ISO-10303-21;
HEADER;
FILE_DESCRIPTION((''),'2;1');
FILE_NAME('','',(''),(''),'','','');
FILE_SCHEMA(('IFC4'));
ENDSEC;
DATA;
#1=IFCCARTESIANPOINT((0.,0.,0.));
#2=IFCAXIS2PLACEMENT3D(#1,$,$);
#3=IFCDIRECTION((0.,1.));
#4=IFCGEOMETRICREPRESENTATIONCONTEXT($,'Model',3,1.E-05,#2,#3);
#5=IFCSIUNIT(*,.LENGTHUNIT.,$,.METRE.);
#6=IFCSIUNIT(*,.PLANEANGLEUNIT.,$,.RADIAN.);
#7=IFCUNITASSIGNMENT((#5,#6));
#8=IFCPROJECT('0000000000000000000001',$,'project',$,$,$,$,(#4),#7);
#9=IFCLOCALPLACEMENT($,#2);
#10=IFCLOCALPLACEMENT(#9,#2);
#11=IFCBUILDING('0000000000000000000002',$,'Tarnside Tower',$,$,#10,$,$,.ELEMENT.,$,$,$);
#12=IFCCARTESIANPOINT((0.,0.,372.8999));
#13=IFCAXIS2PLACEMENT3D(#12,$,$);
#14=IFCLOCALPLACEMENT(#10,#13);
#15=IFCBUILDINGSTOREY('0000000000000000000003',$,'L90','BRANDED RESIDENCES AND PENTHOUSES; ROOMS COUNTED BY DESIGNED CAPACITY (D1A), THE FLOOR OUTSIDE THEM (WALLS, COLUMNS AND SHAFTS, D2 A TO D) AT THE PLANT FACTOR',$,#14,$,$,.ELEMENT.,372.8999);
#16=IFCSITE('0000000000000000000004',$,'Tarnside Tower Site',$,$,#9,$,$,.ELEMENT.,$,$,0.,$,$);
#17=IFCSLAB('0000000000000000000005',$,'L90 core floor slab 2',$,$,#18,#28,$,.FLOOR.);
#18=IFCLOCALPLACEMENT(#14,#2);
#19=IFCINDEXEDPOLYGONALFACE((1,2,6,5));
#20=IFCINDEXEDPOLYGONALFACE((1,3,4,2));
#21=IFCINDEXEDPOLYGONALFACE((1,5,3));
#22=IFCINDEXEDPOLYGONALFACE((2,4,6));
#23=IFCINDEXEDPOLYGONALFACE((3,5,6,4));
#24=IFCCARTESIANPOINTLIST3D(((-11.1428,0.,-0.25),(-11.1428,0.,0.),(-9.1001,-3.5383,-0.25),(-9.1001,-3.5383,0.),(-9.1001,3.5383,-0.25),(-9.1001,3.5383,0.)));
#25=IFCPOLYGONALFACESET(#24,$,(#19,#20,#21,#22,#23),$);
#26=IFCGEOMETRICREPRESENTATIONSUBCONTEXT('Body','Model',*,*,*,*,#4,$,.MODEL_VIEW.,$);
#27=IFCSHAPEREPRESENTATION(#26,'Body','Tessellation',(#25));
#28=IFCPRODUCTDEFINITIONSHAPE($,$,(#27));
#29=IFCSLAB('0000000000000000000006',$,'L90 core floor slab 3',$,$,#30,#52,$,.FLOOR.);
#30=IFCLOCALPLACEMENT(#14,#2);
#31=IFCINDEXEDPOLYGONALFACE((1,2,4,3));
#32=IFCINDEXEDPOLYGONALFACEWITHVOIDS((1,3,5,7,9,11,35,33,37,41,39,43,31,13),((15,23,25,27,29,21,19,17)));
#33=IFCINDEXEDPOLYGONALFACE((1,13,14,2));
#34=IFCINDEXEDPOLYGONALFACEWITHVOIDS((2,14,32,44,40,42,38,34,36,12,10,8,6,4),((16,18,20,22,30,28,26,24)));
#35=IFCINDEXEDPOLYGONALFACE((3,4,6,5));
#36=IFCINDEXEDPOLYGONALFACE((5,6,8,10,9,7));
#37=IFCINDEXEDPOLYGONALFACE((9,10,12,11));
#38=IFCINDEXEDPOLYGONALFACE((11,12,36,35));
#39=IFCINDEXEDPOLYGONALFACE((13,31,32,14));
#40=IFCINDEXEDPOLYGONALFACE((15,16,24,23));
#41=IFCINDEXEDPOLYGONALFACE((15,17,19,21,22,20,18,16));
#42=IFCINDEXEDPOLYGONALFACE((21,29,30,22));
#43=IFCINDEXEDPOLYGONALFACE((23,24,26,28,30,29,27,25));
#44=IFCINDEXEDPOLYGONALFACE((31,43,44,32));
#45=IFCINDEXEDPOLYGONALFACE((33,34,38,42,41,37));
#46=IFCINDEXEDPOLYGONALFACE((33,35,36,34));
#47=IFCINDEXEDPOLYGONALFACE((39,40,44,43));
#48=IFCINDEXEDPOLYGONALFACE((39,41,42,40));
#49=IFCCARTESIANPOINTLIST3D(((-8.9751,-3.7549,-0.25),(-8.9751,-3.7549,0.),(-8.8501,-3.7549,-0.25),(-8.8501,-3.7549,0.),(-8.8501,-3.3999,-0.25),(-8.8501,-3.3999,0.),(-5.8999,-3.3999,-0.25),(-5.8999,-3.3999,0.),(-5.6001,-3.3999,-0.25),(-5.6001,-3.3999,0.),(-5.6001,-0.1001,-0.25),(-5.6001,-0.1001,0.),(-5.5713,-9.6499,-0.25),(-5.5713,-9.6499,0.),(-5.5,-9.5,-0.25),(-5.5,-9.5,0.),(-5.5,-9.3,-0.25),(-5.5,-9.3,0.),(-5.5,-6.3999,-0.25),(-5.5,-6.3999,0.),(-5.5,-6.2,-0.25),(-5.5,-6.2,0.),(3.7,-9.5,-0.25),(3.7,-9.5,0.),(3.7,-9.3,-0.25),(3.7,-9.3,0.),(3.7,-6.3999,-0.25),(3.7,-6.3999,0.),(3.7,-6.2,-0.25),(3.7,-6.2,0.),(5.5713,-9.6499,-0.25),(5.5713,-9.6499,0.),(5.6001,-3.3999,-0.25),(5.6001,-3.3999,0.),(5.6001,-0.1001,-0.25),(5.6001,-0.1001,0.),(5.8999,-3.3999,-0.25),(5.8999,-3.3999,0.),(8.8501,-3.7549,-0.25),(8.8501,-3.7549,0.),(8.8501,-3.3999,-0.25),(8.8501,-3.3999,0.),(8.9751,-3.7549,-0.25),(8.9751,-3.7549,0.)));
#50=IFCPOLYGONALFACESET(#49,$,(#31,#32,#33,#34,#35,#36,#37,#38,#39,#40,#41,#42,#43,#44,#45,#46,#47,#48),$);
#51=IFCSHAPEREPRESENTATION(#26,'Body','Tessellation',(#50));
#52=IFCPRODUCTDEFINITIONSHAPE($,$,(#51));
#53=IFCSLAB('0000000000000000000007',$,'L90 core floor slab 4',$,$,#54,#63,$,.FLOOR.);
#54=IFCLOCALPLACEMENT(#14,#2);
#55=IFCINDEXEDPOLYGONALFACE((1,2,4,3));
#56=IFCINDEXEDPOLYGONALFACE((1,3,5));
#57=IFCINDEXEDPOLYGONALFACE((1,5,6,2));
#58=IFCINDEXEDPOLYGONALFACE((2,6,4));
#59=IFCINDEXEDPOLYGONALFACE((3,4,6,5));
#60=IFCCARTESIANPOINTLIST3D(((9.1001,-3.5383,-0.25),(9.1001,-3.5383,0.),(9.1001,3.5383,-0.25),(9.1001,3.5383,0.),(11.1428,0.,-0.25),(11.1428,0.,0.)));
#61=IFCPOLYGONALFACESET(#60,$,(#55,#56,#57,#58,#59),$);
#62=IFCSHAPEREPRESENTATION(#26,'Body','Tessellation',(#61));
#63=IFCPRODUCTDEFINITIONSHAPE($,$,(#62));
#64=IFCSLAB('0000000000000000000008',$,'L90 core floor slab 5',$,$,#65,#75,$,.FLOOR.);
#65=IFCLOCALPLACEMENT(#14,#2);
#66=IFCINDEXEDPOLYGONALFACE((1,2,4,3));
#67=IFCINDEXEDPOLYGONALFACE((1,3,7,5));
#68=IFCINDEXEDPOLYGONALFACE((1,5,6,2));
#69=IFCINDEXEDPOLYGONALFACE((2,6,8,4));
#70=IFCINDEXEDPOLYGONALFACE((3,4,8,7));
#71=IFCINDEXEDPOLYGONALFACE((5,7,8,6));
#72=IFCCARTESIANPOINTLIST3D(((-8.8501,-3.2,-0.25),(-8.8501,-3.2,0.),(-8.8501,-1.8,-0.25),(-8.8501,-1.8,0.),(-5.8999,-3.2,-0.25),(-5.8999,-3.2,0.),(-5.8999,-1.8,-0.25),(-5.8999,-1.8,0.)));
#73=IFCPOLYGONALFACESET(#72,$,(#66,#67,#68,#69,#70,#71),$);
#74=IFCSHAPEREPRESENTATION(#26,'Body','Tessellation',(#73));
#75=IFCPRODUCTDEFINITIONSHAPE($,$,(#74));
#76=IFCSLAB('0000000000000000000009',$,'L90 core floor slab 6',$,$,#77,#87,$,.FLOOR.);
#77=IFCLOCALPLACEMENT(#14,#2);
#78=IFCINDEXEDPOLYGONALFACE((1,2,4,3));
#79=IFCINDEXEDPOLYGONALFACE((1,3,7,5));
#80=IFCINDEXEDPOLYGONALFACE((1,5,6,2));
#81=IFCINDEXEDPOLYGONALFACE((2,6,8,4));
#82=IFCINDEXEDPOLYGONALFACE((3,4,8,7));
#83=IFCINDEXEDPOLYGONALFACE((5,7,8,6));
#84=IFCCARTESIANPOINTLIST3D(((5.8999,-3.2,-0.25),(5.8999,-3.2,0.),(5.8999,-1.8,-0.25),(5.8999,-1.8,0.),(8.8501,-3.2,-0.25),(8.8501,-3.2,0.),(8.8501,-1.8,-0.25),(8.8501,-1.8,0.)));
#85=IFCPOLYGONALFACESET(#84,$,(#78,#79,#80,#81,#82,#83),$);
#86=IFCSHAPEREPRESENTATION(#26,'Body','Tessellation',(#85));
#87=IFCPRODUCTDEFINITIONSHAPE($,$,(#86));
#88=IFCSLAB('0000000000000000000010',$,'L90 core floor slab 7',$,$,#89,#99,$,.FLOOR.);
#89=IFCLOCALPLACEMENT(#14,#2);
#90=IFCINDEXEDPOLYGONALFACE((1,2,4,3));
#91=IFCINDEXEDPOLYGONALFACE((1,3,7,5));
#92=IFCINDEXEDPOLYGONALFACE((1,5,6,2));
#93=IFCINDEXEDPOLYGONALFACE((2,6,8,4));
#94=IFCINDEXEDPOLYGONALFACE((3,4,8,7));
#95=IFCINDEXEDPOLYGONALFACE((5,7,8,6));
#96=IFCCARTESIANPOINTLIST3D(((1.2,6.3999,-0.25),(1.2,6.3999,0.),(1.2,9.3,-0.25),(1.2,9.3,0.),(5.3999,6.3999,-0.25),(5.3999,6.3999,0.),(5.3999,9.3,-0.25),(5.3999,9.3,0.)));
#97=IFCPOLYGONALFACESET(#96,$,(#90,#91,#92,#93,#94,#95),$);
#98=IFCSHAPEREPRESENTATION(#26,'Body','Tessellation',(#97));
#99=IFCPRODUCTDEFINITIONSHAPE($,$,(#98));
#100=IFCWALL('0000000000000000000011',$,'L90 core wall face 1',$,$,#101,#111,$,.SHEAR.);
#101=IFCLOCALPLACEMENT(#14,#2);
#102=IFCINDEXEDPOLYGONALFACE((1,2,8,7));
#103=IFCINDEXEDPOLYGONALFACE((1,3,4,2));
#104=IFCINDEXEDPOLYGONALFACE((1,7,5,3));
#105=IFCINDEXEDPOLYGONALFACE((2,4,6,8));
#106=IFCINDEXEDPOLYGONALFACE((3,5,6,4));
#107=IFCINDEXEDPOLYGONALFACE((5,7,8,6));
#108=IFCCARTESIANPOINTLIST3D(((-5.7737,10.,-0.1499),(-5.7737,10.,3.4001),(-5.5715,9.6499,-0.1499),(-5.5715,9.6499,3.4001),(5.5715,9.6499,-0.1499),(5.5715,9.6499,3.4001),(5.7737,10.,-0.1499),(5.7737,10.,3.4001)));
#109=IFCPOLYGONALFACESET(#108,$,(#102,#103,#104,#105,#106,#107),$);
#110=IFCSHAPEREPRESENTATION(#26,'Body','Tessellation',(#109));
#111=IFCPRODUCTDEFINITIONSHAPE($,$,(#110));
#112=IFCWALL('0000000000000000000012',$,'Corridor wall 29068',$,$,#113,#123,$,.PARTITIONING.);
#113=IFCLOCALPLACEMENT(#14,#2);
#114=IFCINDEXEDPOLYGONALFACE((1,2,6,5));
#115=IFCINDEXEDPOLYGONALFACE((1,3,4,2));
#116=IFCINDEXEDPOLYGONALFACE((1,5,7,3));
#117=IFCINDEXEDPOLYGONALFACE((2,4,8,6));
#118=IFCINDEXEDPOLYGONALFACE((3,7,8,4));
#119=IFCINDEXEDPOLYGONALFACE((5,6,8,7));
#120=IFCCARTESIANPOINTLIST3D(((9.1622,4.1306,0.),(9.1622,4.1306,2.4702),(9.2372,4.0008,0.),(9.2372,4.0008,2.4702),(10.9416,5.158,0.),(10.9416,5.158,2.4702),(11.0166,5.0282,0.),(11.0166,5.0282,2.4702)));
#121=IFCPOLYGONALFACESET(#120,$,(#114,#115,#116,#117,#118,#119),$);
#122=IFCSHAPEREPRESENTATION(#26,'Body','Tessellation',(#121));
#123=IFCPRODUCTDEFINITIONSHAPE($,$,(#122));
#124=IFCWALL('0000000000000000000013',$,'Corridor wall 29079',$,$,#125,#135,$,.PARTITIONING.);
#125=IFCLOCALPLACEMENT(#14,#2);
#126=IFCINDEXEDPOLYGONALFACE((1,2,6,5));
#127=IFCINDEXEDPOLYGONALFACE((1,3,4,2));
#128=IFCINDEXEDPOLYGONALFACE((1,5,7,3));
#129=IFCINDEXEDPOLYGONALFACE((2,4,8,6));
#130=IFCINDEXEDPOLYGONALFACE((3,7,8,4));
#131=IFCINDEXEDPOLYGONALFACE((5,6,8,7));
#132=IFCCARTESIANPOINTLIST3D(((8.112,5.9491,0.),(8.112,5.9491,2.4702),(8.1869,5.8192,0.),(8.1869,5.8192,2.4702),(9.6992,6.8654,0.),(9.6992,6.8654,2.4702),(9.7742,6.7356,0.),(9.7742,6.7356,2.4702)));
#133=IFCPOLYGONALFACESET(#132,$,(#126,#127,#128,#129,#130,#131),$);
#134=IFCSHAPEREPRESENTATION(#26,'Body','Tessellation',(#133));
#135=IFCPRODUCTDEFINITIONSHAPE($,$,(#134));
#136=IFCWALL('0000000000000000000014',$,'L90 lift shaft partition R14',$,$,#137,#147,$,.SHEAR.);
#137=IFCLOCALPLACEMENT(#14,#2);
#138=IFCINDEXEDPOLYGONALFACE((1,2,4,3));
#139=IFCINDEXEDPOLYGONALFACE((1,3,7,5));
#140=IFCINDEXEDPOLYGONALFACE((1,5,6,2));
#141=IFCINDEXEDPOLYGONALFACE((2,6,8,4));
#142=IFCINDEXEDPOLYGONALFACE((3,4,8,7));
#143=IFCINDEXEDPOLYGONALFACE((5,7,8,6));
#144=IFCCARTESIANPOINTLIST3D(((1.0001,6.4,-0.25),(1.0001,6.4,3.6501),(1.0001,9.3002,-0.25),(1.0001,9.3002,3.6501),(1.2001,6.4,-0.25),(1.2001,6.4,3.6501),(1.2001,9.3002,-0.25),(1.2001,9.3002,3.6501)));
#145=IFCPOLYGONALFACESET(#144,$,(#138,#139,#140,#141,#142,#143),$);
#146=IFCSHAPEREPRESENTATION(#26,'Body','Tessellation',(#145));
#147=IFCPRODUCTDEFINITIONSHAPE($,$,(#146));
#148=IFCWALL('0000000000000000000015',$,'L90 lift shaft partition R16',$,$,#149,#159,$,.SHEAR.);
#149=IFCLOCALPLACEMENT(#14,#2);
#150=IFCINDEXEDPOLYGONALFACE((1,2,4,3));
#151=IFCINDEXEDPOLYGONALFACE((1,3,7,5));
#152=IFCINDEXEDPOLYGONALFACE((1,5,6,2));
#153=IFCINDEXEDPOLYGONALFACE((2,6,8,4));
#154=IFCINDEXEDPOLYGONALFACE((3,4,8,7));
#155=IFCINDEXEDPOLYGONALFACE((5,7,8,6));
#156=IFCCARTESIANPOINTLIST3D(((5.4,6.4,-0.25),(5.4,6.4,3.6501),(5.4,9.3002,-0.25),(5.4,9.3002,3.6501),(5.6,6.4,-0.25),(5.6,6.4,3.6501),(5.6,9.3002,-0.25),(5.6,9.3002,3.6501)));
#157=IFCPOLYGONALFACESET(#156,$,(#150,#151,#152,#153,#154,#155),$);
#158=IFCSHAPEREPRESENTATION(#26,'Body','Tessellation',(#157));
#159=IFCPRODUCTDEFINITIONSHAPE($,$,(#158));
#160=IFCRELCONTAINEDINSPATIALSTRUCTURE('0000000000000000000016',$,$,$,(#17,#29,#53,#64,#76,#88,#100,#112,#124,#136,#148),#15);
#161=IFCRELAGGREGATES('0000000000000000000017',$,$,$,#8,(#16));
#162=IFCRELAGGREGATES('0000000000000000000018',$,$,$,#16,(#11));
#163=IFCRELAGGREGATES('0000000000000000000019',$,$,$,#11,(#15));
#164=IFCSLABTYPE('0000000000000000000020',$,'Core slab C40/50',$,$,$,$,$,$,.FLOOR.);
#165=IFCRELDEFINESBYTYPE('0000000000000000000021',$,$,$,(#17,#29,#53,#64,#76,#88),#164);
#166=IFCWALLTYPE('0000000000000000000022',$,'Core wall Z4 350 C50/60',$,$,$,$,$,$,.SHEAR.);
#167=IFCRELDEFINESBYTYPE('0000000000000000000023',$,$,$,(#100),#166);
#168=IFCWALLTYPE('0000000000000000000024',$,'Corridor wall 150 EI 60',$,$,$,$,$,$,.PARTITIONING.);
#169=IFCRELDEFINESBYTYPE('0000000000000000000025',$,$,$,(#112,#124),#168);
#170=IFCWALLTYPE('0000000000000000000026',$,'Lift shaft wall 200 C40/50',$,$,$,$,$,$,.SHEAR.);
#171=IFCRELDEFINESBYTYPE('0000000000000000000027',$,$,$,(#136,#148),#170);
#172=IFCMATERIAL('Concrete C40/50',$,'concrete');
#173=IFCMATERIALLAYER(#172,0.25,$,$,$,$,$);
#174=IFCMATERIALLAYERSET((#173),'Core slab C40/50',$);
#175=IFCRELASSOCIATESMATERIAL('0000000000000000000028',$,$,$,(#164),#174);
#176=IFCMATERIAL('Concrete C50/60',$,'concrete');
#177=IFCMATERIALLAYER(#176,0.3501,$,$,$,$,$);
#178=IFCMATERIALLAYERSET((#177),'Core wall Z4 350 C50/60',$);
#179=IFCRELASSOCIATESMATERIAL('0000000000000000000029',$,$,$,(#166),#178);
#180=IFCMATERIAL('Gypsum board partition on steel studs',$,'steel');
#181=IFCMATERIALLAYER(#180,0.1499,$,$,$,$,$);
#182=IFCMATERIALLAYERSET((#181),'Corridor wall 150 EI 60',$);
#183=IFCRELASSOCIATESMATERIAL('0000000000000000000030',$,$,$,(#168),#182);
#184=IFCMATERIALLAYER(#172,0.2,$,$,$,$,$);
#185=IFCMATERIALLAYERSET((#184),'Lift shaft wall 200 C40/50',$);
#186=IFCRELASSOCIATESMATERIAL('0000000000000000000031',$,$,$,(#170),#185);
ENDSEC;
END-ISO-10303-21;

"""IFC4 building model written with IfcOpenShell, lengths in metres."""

from ifc_helpers import new_model, si_unit, direction, frame, frame_2d, origin, place, context, subcontext, project, spatial, polyline, rectangle, outline, extrude, material, layer, layer_set, type_object, element, save


model = new_model("IFC4")

# Units and contexts
model_context = context("Model", 3, precision=1e-05, world=origin(), true_north=direction((0.0, 1.0)))
body_context = subcontext(model_context, "Body", "Model", "MODEL_VIEW")
ifc_project = project(units=[si_unit("LENGTHUNIT", "METRE"), si_unit("PLANEANGLEUNIT", "RADIAN")], contexts=[model_context])

# Site, building, storey
site_placement = place(None, origin())
site = spatial("IfcSite", under=ifc_project, at=site_placement, Name="Tarnside Tower Site", CompositionType="ELEMENT", RefElevation=0.0)
building_placement = place(site_placement, origin())
building = spatial("IfcBuilding", under=site, at=building_placement, Name="Tarnside Tower", CompositionType="ELEMENT")
storey_placement = place(building_placement, frame((0.0, 0.0, 372.8999)))
storey = spatial("IfcBuildingStorey", under=building, at=storey_placement, Name="L90", Description="BRANDED RESIDENCES AND PENTHOUSES; ROOMS COUNTED BY DESIGNED CAPACITY (D1A), THE FLOOR OUTSIDE THEM (WALLS, COLUMNS AND SHAFTS, D2 A TO D) AT THE PLANT FACTOR", CompositionType="ELEMENT", Elevation=372.8999)

# Slabs
ifc_material_1 = material(Name="Concrete C40/50", Category="concrete")
ifc_layer_1 = layer(ifc_material_1, 0.25)
ifc_layer_set_1 = layer_set([ifc_layer_1], Name="Core slab C40/50")
slab_type = type_object("IfcSlabType", Name="Core slab C40/50", PredefinedType="FLOOR", material=ifc_layer_set_1)
slab_1_placement = place(storey_placement, frame((0.0, 0.0, -0.25)))
element("IfcSlab", 1, at=slab_1_placement, inside=storey, type_object=slab_type, Name="L90 core floor slab 2", PredefinedType="FLOOR", context=body_context, shape_type="SweptSolid", body=[
    extrude(outline(polyline([(-9.1001, -3.5383), (-11.1428, 0.0), (-9.1001, 3.5383), (-9.1001, -3.5383)])), origin(), (0.0, 0.0, 1.0), 0.25),
])
slab_2_placement = place(storey_placement, frame((0.0, 0.0, -0.25)))
element("IfcSlab", 2, at=slab_2_placement, inside=storey, type_object=slab_type, Name="L90 core floor slab 3", PredefinedType="FLOOR", context=body_context, shape_type="SweptSolid", body=[
    extrude(outline(polyline([(-8.8501, -3.7549), (-8.8501, -3.3999), (-5.8999, -3.3999), (-5.6001, -3.3999), (-5.6001, -0.1001), (5.6001, -0.1001), (5.6001, -3.3999), (5.8999, -3.3999), (8.8501, -3.3999), (8.8501, -3.7549), (8.9751, -3.7549), (5.5713, -9.6499), (-5.5713, -9.6499), (-8.9751, -3.7549), (-8.8501, -3.7549)]), holes=[polyline([(-5.5, -9.5), (3.7, -9.5), (3.7, -9.3), (3.7, -6.3999), (3.7, -6.2), (-5.5, -6.2), (-5.5, -6.3999), (-5.5, -9.3), (-5.5, -9.5)])]), origin(), (0.0, 0.0, 1.0), 0.25),
])
slab_3_placement = place(storey_placement, frame((0.0, 0.0, -0.25)))
element("IfcSlab", 3, at=slab_3_placement, inside=storey, type_object=slab_type, Name="L90 core floor slab 4", PredefinedType="FLOOR", context=body_context, shape_type="SweptSolid", body=[
    extrude(outline(polyline([(9.1001, 3.5383), (11.1428, 0.0), (9.1001, -3.5383), (9.1001, 3.5383)])), origin(), (0.0, 0.0, 1.0), 0.25),
])
slab_4_placement = place(storey_placement, frame((0.0, 0.0, -0.25)))
element("IfcSlab", 4, at=slab_4_placement, inside=storey, type_object=slab_type, Name="L90 core floor slab 5", PredefinedType="FLOOR", context=body_context, shape_type="SweptSolid", body=[
    extrude(outline(polyline([(-8.8501, -3.2), (-8.8501, -1.8), (-5.8999, -1.8), (-5.8999, -3.2), (-8.8501, -3.2)])), origin(), (0.0, 0.0, 1.0), 0.25),
])
slab_5_placement = place(storey_placement, frame((0.0, 0.0, -0.25)))
element("IfcSlab", 5, at=slab_5_placement, inside=storey, type_object=slab_type, Name="L90 core floor slab 6", PredefinedType="FLOOR", context=body_context, shape_type="SweptSolid", body=[
    extrude(outline(polyline([(5.8999, -1.8), (8.8501, -1.8), (8.8501, -3.2), (5.8999, -3.2), (5.8999, -1.8)])), origin(), (0.0, 0.0, 1.0), 0.25),
])
slab_6_placement = place(storey_placement, frame((0.0, 0.0, -0.25)))
element("IfcSlab", 6, at=slab_6_placement, inside=storey, type_object=slab_type, Name="L90 core floor slab 7", PredefinedType="FLOOR", context=body_context, shape_type="SweptSolid", body=[
    extrude(outline(polyline([(5.3999, 6.3999), (1.2, 6.3999), (1.2, 9.3), (5.3999, 9.3), (5.3999, 6.3999)])), origin(), (0.0, 0.0, 1.0), 0.25),
])

# Walls
ifc_material_2 = material(Name="Concrete C50/60", Category="concrete")
ifc_layer_2 = layer(ifc_material_2, 0.3501)
ifc_layer_set_2 = layer_set([ifc_layer_2], Name="Core wall Z4 350 C50/60")
wall_type_1 = type_object("IfcWallType", Name="Core wall Z4 350 C50/60", PredefinedType="SHEAR", material=ifc_layer_set_2)
wall_1_placement = place(storey_placement, frame((5.6726, 9.825, -0.1499), z_axis=(0.0, 0.0, 1.0), x_axis=(-1.0, 0.0, 0.0)))
element("IfcWall", 7, at=wall_1_placement, inside=storey, type_object=wall_type_1, Name="L90 core wall face 1", PredefinedType="SHEAR", context=body_context, shape_type="SweptSolid", body=[
    extrude(outline(polyline([(-0.1011, -0.175), (11.4463, -0.175), (11.2441, 0.175), (0.1011, 0.175), (-0.1011, -0.175)])), origin(), (0.0, 0.0, 1.0), 3.55),
])
ifc_material_3 = material(Name="Gypsum board partition on steel studs", Category="steel")
ifc_layer_3 = layer(ifc_material_3, 0.1499)
ifc_layer_set_3 = layer_set([ifc_layer_3], Name="Corridor wall 150 EI 60")
wall_type_2 = type_object("IfcWallType", Name="Corridor wall 150 EI 60", PredefinedType="PARTITIONING", material=ifc_layer_set_3)
wall_2_placement = place(storey_placement, frame((9.1997, 4.0657, 0.0), z_axis=(0.0, 0.0, 1.0), x_axis=(0.866011, 0.500024, 0.0)))
element("IfcWall", 8, at=wall_2_placement, inside=storey, type_object=wall_type_2, Name="Corridor wall 29068", PredefinedType="PARTITIONING", context=body_context, shape_type="SweptSolid", body=[
    extrude(rectangle(XDim=2.0547, YDim=0.1499, at=frame_2d((1.0273, 0.0))), origin(), (0.0, 0.0, 1.0), 2.4702),
])
wall_3_placement = place(storey_placement, frame((9.7368, 6.8005, 0.0), z_axis=(0.0, 0.0, 1.0), x_axis=(-0.866046, -0.499965, 0.0)))
element("IfcWall", 9, at=wall_3_placement, inside=storey, type_object=wall_type_2, Name="Corridor wall 29079", PredefinedType="PARTITIONING", context=body_context, shape_type="SweptSolid", body=[
    extrude(rectangle(XDim=1.8328, YDim=0.1499, at=frame_2d((0.9165, 0.0))), origin(), (0.0, 0.0, 1.0), 2.4702),
])
ifc_layer_4 = layer(ifc_material_1, 0.2)
ifc_layer_set_4 = layer_set([ifc_layer_4], Name="Lift shaft wall 200 C40/50")
wall_type_3 = type_object("IfcWallType", Name="Lift shaft wall 200 C40/50", PredefinedType="SHEAR", material=ifc_layer_set_4)
for number, where, z_axis, x_axis, name in (
    (10, (1.1001, 6.3999, -0.25), (0.0, 0.0, 1.0), (0.0, 1.0, 0.0), "L90 lift shaft partition R14"),
    (11, (5.5, 6.3999, -0.25), (0.0, 0.0, 1.0), (0.0, 1.0, 0.0), "L90 lift shaft partition R16"),
):
    element("IfcWall", number, at=place(storey_placement, frame(where, z_axis=z_axis, x_axis=x_axis)), inside=storey, type_object=wall_type_3, Name=name, PredefinedType="SHEAR", context=body_context, shape_type="SweptSolid", body=[
        extrude(rectangle(XDim=2.9001, YDim=0.2, at=frame_2d((1.4502, 0.0))), origin(), (0.0, 0.0, 1.0), 3.9001),
    ])

save(model, "model.ifc")
